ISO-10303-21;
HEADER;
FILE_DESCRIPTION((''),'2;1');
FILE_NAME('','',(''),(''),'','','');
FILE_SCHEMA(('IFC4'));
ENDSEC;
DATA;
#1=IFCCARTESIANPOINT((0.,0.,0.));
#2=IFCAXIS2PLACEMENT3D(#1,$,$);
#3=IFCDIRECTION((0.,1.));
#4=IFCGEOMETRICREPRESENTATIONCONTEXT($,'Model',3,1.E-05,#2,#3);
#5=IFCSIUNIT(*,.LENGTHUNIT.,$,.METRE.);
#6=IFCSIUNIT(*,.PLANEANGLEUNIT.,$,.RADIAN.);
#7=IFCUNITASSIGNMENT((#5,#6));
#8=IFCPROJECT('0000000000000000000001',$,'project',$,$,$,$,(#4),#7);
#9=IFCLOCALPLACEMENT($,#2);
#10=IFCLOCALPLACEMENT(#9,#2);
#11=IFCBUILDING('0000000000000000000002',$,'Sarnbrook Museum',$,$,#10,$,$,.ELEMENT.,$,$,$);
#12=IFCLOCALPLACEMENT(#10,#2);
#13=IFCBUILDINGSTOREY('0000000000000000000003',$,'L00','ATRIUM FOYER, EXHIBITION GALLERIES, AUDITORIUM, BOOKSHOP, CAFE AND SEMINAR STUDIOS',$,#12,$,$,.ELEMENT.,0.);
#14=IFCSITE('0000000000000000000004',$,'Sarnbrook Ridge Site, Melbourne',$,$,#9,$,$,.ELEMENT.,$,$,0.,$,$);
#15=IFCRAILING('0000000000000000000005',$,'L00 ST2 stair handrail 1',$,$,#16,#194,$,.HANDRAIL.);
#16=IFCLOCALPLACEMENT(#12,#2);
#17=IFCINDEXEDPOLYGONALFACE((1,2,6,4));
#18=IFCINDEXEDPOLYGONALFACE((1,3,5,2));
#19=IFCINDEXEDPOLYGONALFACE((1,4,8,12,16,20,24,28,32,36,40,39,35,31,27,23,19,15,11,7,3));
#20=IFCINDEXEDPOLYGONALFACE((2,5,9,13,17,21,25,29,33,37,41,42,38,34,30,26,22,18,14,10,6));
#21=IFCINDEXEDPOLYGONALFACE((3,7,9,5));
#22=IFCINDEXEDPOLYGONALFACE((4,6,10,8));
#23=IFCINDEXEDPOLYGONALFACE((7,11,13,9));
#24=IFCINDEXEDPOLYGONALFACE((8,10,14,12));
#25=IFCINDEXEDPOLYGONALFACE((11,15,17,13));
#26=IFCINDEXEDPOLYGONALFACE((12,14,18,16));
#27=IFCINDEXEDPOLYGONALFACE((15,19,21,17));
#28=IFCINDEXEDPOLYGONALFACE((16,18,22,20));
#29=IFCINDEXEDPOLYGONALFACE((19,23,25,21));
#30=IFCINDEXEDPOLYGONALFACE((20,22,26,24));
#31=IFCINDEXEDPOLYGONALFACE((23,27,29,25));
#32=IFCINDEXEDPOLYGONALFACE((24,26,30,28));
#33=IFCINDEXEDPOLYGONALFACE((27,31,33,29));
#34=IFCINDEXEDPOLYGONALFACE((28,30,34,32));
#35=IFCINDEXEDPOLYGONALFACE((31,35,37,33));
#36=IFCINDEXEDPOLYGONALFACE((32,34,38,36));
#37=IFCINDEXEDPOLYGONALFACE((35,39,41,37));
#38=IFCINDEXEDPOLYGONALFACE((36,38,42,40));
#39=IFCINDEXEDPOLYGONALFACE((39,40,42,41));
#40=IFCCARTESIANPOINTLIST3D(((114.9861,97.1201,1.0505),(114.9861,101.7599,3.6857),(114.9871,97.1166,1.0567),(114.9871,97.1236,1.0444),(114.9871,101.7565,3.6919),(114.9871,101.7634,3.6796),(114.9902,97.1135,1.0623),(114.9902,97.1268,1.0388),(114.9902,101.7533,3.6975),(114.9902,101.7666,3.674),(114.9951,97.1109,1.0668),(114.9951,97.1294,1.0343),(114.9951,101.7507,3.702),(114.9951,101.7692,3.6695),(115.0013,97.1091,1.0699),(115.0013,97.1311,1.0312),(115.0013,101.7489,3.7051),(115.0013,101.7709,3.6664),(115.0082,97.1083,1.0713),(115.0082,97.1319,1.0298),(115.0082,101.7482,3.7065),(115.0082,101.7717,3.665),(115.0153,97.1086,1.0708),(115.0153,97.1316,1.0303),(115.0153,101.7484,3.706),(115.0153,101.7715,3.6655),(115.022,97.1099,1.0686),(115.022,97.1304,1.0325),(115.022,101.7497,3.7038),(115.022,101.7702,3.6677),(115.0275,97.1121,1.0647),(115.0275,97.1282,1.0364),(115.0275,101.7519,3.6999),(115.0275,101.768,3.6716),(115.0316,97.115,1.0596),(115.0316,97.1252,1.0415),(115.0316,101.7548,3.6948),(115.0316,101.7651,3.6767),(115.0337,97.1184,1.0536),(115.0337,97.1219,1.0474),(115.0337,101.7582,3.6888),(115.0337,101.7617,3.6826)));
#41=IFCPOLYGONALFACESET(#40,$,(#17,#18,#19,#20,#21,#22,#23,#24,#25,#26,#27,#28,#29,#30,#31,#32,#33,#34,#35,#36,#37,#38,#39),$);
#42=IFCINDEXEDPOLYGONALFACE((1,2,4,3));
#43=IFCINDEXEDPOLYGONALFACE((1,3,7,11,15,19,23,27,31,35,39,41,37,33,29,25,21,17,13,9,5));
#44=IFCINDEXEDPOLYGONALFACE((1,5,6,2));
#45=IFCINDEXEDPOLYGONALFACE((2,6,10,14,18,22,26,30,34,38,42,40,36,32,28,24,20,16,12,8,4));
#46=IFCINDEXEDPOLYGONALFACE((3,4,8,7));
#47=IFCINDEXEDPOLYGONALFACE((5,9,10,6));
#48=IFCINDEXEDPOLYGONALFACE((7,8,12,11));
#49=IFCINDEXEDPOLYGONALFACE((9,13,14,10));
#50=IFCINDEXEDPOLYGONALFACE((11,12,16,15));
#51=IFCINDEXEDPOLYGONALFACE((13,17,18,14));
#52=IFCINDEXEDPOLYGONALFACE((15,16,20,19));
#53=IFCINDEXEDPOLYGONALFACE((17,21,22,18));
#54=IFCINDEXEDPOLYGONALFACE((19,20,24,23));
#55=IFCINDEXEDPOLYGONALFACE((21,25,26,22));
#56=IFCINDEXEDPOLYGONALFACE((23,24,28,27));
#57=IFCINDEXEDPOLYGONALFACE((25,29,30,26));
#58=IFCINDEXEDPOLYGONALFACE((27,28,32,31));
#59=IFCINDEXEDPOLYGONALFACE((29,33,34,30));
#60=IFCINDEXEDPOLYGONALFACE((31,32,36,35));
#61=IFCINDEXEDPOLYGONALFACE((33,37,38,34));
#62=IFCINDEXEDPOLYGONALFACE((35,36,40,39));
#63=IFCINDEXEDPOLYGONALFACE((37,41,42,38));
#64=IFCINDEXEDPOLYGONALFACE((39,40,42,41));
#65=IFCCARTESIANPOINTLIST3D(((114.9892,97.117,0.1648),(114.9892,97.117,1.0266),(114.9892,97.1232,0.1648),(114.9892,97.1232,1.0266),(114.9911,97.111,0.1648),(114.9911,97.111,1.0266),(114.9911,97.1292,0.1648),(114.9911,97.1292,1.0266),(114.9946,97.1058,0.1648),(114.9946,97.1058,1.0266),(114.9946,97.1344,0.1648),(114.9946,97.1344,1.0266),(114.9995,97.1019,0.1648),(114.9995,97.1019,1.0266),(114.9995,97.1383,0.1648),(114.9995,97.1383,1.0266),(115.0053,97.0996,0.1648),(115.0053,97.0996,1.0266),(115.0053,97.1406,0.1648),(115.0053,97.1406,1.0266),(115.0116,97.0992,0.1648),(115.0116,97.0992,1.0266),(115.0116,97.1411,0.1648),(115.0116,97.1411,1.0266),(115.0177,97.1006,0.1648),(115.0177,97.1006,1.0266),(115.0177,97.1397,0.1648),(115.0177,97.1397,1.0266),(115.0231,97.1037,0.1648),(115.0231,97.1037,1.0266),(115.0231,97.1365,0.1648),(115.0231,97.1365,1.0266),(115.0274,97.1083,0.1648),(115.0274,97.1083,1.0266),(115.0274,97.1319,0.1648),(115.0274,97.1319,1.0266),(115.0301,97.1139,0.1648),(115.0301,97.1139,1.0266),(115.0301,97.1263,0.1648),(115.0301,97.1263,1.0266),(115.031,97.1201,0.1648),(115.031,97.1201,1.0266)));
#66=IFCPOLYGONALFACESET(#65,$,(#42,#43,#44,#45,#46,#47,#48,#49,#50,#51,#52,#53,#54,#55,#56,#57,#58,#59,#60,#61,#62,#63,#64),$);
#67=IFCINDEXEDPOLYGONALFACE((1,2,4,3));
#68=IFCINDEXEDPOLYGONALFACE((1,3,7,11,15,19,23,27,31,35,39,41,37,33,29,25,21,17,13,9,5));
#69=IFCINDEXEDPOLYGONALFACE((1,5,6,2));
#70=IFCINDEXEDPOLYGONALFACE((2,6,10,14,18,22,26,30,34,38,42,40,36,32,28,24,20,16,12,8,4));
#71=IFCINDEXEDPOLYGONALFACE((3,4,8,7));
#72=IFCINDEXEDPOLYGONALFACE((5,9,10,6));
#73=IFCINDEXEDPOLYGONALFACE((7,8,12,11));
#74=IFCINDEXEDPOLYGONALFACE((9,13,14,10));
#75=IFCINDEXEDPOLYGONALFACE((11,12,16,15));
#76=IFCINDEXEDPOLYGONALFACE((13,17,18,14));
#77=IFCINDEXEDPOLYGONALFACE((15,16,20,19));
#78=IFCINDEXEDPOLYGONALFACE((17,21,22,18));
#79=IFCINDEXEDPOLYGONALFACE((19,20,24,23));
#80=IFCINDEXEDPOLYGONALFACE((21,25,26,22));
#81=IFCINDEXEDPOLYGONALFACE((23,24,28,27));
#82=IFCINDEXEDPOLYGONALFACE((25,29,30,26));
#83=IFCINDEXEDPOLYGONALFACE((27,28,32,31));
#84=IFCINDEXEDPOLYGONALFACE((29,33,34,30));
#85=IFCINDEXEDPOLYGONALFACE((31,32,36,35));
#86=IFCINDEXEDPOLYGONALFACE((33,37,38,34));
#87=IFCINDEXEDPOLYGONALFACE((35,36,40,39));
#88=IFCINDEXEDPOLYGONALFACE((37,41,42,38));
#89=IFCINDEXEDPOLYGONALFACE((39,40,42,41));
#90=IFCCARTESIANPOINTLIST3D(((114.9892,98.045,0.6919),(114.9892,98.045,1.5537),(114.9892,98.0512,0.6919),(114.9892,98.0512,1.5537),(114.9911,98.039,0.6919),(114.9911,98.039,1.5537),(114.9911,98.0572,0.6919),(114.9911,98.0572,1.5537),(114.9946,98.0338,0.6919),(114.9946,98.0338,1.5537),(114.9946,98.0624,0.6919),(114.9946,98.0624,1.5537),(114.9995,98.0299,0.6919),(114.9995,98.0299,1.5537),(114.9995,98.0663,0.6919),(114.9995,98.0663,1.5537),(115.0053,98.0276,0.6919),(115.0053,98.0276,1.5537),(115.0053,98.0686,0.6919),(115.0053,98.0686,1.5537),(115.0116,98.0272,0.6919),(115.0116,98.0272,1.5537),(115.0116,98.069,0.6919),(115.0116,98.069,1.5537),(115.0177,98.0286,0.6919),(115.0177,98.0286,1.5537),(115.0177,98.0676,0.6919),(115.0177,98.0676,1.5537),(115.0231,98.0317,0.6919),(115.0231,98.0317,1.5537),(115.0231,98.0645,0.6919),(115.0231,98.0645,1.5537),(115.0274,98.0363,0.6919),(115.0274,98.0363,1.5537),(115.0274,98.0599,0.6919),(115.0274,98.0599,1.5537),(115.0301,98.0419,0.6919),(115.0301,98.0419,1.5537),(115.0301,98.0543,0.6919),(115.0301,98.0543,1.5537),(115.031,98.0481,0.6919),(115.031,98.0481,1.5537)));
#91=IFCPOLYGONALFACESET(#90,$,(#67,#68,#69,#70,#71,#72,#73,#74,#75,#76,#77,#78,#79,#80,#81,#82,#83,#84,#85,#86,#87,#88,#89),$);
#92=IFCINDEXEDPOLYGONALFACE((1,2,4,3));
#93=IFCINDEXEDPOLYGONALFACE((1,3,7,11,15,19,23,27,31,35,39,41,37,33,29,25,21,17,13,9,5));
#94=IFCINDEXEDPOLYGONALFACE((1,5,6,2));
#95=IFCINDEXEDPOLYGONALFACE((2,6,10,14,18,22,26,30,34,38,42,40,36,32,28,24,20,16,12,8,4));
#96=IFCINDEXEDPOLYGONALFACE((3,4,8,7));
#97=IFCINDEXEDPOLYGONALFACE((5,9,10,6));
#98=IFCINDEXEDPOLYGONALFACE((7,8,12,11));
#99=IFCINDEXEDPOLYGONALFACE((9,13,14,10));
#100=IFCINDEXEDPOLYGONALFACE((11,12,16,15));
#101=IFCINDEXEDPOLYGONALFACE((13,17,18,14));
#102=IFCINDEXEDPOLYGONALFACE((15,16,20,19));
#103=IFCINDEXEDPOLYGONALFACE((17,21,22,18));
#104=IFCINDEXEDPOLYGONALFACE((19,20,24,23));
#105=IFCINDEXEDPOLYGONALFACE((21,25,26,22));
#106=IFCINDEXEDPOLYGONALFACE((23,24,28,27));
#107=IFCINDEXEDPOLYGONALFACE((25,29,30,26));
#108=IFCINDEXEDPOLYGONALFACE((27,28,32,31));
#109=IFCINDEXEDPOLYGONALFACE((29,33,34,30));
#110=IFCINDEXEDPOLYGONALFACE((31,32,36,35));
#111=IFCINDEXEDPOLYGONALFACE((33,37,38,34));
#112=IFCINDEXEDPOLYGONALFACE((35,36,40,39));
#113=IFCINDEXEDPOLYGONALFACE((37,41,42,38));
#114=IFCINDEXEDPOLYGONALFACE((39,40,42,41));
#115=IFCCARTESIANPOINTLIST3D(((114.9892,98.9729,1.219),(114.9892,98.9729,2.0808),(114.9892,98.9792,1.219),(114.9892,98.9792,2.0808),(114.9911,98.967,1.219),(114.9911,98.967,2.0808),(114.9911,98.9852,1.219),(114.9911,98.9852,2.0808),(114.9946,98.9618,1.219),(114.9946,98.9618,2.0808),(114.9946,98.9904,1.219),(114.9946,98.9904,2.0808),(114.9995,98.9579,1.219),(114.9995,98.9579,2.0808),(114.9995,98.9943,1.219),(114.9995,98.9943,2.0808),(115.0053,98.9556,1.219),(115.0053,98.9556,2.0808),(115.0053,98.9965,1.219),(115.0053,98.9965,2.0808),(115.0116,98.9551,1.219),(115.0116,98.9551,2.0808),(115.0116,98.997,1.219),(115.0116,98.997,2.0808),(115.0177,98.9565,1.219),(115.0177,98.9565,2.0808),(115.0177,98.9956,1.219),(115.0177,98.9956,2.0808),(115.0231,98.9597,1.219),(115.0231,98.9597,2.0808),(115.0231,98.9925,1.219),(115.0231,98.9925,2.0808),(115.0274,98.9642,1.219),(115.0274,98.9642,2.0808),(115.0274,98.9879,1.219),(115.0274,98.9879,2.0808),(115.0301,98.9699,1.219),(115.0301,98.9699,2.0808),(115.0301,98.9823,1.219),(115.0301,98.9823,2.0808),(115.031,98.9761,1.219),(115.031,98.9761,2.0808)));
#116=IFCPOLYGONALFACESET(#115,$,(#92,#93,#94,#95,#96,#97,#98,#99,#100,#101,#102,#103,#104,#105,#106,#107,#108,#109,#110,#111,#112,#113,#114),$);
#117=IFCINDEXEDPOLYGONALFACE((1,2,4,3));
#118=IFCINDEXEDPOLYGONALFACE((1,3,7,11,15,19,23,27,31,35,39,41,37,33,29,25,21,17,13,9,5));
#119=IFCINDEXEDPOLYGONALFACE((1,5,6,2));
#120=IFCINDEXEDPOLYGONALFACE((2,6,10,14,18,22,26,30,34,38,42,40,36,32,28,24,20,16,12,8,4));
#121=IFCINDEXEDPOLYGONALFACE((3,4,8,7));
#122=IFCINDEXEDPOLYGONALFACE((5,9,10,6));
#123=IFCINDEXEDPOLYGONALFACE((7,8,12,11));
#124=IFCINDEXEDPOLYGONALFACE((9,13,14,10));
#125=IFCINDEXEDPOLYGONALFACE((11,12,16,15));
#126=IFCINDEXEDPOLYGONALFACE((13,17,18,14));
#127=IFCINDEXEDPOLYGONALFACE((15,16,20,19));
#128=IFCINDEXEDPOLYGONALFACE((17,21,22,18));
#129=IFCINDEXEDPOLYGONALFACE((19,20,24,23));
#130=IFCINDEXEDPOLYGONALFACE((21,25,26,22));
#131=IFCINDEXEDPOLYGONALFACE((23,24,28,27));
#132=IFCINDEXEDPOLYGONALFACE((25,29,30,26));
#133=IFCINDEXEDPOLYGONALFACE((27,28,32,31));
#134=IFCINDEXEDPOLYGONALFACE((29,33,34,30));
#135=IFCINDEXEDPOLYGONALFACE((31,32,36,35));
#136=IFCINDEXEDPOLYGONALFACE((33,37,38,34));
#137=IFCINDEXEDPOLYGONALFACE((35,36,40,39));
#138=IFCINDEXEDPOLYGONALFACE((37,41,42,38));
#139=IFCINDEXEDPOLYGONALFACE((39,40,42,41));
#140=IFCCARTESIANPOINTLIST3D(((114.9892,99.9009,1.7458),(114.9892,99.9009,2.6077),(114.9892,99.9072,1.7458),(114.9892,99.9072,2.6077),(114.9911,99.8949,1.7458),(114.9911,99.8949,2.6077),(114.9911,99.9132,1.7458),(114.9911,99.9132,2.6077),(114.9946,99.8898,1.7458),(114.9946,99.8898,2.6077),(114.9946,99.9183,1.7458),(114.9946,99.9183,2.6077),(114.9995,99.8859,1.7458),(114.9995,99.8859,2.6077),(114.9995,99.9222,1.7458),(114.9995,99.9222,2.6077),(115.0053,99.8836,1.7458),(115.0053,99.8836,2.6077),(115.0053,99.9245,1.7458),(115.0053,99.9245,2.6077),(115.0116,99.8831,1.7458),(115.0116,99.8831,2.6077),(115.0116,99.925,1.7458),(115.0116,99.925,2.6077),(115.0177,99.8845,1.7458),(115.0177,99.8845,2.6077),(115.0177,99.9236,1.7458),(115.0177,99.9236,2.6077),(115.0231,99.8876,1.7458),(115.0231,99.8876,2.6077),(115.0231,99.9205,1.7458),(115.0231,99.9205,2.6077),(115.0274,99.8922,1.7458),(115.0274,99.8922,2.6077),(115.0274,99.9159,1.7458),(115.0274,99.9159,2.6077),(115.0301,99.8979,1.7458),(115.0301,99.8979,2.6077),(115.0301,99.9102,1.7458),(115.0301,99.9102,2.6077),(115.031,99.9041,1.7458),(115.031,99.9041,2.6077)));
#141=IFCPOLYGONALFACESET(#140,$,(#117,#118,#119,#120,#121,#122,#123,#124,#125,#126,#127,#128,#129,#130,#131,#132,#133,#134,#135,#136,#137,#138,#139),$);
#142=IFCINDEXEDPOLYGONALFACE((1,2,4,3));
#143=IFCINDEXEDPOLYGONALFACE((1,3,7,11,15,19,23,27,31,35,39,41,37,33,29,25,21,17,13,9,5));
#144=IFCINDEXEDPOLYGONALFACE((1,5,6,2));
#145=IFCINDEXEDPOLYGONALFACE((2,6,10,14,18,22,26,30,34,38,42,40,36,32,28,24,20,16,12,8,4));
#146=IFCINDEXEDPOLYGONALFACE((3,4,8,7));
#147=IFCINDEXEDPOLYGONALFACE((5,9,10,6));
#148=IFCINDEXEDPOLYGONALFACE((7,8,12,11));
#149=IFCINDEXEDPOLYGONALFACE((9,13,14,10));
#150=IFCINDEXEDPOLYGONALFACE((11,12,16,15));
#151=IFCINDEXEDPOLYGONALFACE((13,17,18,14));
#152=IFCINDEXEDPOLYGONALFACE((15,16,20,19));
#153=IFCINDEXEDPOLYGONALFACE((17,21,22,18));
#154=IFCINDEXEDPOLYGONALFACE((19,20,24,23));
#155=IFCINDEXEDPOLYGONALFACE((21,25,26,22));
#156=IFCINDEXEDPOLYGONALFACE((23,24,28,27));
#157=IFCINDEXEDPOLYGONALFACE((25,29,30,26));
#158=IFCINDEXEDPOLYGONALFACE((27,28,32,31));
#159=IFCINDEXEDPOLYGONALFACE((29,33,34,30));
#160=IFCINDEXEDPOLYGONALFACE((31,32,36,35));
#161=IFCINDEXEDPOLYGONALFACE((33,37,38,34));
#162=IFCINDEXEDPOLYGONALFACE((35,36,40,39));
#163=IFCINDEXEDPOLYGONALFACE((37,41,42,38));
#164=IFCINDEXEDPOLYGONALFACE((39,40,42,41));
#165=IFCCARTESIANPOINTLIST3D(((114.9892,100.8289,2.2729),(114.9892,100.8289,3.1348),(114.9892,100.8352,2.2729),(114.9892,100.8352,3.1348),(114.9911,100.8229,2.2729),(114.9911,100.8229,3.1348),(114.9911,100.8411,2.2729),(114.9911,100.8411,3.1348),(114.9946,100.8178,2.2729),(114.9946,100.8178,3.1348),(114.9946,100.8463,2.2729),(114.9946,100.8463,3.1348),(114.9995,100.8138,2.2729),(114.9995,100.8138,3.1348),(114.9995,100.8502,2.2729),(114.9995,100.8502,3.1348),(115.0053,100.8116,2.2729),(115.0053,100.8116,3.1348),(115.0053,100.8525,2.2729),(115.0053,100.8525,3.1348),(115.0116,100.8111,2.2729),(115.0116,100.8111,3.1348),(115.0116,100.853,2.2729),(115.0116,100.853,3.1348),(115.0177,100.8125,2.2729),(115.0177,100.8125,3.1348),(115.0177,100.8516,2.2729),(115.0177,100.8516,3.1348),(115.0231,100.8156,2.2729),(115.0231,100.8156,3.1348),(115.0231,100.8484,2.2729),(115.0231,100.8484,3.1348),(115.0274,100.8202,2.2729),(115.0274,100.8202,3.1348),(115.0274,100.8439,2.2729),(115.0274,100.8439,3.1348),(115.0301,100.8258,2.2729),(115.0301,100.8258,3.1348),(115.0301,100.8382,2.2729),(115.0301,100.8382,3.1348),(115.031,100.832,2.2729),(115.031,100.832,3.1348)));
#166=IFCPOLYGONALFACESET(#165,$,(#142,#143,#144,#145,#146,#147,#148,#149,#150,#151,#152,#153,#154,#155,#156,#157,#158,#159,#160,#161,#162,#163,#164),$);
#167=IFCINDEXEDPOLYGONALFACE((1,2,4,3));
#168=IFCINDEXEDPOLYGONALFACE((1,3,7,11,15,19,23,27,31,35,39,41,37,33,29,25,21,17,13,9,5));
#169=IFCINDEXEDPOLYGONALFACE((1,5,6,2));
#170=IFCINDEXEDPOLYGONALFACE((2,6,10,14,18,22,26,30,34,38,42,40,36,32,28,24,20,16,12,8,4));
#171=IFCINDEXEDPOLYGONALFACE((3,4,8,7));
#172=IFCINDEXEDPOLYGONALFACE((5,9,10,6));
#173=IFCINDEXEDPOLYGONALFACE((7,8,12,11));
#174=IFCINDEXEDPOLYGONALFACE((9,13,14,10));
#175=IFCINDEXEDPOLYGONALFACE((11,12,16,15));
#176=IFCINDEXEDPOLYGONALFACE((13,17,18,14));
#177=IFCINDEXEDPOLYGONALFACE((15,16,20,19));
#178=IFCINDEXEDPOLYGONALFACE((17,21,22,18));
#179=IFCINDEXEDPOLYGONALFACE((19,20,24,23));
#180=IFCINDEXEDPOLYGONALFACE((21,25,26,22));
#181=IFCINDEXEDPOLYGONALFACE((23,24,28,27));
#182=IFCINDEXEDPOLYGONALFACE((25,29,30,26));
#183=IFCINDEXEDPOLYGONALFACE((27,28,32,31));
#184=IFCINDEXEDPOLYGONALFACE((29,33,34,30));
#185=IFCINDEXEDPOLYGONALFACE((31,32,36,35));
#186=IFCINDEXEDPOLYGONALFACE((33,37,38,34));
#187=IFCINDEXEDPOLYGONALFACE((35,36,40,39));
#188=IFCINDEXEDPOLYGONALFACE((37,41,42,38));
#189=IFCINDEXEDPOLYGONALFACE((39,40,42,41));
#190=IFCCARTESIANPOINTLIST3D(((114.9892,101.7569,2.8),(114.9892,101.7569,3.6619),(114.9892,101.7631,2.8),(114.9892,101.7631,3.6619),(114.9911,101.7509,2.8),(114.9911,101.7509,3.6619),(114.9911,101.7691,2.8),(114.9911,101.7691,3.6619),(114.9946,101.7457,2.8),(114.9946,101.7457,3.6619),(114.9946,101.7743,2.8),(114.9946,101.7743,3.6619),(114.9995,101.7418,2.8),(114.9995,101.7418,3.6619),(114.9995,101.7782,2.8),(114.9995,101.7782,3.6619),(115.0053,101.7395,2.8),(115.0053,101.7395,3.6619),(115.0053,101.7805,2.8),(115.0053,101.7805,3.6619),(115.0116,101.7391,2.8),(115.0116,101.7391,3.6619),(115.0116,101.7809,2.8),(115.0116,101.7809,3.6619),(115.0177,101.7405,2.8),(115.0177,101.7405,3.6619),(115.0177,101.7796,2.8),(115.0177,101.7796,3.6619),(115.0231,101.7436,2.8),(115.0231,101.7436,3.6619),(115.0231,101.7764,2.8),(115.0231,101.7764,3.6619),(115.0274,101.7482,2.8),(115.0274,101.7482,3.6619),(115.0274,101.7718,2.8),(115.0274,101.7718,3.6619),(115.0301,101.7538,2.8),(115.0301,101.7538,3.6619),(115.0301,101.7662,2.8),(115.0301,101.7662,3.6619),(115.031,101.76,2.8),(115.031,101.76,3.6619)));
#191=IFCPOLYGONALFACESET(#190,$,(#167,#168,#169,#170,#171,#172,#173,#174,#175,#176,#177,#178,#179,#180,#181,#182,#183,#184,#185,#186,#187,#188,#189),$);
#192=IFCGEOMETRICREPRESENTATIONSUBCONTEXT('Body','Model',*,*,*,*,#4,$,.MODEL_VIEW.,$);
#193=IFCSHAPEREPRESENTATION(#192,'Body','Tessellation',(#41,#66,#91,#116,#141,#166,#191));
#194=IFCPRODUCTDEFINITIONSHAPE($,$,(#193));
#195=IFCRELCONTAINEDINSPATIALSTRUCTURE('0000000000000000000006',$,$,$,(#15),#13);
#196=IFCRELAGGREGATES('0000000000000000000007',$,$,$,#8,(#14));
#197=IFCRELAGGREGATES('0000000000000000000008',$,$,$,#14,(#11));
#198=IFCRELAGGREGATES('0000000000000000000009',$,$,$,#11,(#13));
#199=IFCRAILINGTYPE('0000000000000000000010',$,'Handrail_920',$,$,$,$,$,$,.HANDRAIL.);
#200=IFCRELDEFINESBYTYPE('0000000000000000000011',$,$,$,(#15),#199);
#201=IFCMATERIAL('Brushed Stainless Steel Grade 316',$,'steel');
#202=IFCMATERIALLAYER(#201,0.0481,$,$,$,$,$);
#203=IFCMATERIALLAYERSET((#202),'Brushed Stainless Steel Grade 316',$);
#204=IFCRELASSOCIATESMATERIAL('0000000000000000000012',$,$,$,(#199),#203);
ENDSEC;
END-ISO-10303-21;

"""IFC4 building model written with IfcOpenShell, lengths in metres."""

from ifc_helpers import new_model, si_unit, direction, frame, origin, origin_2d, place, context, subcontext, project, spatial, circle, extrude, material, layer, layer_set, type_object, element, save


model = new_model("IFC4")

# Units and contexts
model_context = context("Model", 3, precision=1e-05, world=origin(), true_north=direction((0.0, 1.0)))
body_context = subcontext(model_context, "Body", "Model", "MODEL_VIEW")
ifc_project = project(units=[si_unit("LENGTHUNIT", "METRE"), si_unit("PLANEANGLEUNIT", "RADIAN")], contexts=[model_context])

# Site, building, storey
site_placement = place(None, origin())
site = spatial("IfcSite", under=ifc_project, at=site_placement, Name="Sarnbrook Ridge Site, Melbourne", CompositionType="ELEMENT", RefElevation=0.0)
building_placement = place(site_placement, origin())
building = spatial("IfcBuilding", under=site, at=building_placement, Name="Sarnbrook Museum", CompositionType="ELEMENT")
storey_placement = place(building_placement, origin())
storey = spatial("IfcBuildingStorey", under=building, at=storey_placement, Name="L00", Description="ATRIUM FOYER, EXHIBITION GALLERIES, AUDITORIUM, BOOKSHOP, CAFE AND SEMINAR STUDIOS", CompositionType="ELEMENT", Elevation=0.0)

# Shared definitions
ifc_material_1 = material(Name="Brushed Stainless Steel Grade 316", Category="steel")

# Railing
ifc_layer_1 = layer(ifc_material_1, 0.0481)
ifc_layer_set_1 = layer_set([ifc_layer_1], Name="Brushed Stainless Steel Grade 316")
railing_type_1 = type_object("IfcRailingType", Name="Handrail_920", PredefinedType="HANDRAIL", material=ifc_layer_set_1)
railing_1_placement = place(storey_placement, frame((115.01, 97.1201, 0.1648)))
element("IfcRailing", 1, at=railing_1_placement, inside=storey, type_object=railing_type_1, Name="L00 ST2 stair handrail 1", PredefinedType="HANDRAIL", context=body_context, shape_type="SweptSolid", body=[
    extrude(circle(Radius=0.0239, at=origin_2d()), frame((0.0, 0.0, 0.8857), z_axis=(0.0, 0.869541, 0.493861), x_axis=(-1.0, 0.0, 0.0)), (0.0, 0.0, 1.0), 5.3359),
    extrude(circle(Radius=0.021, at=origin_2d()), origin(), (0.0, 0.0, 1.0), 0.8618),
    extrude(circle(Radius=0.021, at=origin_2d()), frame((0.0, 0.928, 0.5271)), (0.0, 0.0, 1.0), 0.8618),
    extrude(circle(Radius=0.021, at=origin_2d()), frame((0.0, 1.856, 1.0542)), (0.0, 0.0, 1.0), 0.8618),
    extrude(circle(Radius=0.021, at=origin_2d()), frame((0.0, 2.7839, 1.5811)), (0.0, 0.0, 1.0), 0.8618),
    extrude(circle(Radius=0.021, at=origin_2d()), frame((0.0, 3.7119, 2.1082)), (0.0, 0.0, 1.0), 0.8618),
    extrude(circle(Radius=0.021, at=origin_2d()), frame((0.0, 4.6399, 2.6353)), (0.0, 0.0, 1.0), 0.8618),
])

save(model, "model.ifc")
